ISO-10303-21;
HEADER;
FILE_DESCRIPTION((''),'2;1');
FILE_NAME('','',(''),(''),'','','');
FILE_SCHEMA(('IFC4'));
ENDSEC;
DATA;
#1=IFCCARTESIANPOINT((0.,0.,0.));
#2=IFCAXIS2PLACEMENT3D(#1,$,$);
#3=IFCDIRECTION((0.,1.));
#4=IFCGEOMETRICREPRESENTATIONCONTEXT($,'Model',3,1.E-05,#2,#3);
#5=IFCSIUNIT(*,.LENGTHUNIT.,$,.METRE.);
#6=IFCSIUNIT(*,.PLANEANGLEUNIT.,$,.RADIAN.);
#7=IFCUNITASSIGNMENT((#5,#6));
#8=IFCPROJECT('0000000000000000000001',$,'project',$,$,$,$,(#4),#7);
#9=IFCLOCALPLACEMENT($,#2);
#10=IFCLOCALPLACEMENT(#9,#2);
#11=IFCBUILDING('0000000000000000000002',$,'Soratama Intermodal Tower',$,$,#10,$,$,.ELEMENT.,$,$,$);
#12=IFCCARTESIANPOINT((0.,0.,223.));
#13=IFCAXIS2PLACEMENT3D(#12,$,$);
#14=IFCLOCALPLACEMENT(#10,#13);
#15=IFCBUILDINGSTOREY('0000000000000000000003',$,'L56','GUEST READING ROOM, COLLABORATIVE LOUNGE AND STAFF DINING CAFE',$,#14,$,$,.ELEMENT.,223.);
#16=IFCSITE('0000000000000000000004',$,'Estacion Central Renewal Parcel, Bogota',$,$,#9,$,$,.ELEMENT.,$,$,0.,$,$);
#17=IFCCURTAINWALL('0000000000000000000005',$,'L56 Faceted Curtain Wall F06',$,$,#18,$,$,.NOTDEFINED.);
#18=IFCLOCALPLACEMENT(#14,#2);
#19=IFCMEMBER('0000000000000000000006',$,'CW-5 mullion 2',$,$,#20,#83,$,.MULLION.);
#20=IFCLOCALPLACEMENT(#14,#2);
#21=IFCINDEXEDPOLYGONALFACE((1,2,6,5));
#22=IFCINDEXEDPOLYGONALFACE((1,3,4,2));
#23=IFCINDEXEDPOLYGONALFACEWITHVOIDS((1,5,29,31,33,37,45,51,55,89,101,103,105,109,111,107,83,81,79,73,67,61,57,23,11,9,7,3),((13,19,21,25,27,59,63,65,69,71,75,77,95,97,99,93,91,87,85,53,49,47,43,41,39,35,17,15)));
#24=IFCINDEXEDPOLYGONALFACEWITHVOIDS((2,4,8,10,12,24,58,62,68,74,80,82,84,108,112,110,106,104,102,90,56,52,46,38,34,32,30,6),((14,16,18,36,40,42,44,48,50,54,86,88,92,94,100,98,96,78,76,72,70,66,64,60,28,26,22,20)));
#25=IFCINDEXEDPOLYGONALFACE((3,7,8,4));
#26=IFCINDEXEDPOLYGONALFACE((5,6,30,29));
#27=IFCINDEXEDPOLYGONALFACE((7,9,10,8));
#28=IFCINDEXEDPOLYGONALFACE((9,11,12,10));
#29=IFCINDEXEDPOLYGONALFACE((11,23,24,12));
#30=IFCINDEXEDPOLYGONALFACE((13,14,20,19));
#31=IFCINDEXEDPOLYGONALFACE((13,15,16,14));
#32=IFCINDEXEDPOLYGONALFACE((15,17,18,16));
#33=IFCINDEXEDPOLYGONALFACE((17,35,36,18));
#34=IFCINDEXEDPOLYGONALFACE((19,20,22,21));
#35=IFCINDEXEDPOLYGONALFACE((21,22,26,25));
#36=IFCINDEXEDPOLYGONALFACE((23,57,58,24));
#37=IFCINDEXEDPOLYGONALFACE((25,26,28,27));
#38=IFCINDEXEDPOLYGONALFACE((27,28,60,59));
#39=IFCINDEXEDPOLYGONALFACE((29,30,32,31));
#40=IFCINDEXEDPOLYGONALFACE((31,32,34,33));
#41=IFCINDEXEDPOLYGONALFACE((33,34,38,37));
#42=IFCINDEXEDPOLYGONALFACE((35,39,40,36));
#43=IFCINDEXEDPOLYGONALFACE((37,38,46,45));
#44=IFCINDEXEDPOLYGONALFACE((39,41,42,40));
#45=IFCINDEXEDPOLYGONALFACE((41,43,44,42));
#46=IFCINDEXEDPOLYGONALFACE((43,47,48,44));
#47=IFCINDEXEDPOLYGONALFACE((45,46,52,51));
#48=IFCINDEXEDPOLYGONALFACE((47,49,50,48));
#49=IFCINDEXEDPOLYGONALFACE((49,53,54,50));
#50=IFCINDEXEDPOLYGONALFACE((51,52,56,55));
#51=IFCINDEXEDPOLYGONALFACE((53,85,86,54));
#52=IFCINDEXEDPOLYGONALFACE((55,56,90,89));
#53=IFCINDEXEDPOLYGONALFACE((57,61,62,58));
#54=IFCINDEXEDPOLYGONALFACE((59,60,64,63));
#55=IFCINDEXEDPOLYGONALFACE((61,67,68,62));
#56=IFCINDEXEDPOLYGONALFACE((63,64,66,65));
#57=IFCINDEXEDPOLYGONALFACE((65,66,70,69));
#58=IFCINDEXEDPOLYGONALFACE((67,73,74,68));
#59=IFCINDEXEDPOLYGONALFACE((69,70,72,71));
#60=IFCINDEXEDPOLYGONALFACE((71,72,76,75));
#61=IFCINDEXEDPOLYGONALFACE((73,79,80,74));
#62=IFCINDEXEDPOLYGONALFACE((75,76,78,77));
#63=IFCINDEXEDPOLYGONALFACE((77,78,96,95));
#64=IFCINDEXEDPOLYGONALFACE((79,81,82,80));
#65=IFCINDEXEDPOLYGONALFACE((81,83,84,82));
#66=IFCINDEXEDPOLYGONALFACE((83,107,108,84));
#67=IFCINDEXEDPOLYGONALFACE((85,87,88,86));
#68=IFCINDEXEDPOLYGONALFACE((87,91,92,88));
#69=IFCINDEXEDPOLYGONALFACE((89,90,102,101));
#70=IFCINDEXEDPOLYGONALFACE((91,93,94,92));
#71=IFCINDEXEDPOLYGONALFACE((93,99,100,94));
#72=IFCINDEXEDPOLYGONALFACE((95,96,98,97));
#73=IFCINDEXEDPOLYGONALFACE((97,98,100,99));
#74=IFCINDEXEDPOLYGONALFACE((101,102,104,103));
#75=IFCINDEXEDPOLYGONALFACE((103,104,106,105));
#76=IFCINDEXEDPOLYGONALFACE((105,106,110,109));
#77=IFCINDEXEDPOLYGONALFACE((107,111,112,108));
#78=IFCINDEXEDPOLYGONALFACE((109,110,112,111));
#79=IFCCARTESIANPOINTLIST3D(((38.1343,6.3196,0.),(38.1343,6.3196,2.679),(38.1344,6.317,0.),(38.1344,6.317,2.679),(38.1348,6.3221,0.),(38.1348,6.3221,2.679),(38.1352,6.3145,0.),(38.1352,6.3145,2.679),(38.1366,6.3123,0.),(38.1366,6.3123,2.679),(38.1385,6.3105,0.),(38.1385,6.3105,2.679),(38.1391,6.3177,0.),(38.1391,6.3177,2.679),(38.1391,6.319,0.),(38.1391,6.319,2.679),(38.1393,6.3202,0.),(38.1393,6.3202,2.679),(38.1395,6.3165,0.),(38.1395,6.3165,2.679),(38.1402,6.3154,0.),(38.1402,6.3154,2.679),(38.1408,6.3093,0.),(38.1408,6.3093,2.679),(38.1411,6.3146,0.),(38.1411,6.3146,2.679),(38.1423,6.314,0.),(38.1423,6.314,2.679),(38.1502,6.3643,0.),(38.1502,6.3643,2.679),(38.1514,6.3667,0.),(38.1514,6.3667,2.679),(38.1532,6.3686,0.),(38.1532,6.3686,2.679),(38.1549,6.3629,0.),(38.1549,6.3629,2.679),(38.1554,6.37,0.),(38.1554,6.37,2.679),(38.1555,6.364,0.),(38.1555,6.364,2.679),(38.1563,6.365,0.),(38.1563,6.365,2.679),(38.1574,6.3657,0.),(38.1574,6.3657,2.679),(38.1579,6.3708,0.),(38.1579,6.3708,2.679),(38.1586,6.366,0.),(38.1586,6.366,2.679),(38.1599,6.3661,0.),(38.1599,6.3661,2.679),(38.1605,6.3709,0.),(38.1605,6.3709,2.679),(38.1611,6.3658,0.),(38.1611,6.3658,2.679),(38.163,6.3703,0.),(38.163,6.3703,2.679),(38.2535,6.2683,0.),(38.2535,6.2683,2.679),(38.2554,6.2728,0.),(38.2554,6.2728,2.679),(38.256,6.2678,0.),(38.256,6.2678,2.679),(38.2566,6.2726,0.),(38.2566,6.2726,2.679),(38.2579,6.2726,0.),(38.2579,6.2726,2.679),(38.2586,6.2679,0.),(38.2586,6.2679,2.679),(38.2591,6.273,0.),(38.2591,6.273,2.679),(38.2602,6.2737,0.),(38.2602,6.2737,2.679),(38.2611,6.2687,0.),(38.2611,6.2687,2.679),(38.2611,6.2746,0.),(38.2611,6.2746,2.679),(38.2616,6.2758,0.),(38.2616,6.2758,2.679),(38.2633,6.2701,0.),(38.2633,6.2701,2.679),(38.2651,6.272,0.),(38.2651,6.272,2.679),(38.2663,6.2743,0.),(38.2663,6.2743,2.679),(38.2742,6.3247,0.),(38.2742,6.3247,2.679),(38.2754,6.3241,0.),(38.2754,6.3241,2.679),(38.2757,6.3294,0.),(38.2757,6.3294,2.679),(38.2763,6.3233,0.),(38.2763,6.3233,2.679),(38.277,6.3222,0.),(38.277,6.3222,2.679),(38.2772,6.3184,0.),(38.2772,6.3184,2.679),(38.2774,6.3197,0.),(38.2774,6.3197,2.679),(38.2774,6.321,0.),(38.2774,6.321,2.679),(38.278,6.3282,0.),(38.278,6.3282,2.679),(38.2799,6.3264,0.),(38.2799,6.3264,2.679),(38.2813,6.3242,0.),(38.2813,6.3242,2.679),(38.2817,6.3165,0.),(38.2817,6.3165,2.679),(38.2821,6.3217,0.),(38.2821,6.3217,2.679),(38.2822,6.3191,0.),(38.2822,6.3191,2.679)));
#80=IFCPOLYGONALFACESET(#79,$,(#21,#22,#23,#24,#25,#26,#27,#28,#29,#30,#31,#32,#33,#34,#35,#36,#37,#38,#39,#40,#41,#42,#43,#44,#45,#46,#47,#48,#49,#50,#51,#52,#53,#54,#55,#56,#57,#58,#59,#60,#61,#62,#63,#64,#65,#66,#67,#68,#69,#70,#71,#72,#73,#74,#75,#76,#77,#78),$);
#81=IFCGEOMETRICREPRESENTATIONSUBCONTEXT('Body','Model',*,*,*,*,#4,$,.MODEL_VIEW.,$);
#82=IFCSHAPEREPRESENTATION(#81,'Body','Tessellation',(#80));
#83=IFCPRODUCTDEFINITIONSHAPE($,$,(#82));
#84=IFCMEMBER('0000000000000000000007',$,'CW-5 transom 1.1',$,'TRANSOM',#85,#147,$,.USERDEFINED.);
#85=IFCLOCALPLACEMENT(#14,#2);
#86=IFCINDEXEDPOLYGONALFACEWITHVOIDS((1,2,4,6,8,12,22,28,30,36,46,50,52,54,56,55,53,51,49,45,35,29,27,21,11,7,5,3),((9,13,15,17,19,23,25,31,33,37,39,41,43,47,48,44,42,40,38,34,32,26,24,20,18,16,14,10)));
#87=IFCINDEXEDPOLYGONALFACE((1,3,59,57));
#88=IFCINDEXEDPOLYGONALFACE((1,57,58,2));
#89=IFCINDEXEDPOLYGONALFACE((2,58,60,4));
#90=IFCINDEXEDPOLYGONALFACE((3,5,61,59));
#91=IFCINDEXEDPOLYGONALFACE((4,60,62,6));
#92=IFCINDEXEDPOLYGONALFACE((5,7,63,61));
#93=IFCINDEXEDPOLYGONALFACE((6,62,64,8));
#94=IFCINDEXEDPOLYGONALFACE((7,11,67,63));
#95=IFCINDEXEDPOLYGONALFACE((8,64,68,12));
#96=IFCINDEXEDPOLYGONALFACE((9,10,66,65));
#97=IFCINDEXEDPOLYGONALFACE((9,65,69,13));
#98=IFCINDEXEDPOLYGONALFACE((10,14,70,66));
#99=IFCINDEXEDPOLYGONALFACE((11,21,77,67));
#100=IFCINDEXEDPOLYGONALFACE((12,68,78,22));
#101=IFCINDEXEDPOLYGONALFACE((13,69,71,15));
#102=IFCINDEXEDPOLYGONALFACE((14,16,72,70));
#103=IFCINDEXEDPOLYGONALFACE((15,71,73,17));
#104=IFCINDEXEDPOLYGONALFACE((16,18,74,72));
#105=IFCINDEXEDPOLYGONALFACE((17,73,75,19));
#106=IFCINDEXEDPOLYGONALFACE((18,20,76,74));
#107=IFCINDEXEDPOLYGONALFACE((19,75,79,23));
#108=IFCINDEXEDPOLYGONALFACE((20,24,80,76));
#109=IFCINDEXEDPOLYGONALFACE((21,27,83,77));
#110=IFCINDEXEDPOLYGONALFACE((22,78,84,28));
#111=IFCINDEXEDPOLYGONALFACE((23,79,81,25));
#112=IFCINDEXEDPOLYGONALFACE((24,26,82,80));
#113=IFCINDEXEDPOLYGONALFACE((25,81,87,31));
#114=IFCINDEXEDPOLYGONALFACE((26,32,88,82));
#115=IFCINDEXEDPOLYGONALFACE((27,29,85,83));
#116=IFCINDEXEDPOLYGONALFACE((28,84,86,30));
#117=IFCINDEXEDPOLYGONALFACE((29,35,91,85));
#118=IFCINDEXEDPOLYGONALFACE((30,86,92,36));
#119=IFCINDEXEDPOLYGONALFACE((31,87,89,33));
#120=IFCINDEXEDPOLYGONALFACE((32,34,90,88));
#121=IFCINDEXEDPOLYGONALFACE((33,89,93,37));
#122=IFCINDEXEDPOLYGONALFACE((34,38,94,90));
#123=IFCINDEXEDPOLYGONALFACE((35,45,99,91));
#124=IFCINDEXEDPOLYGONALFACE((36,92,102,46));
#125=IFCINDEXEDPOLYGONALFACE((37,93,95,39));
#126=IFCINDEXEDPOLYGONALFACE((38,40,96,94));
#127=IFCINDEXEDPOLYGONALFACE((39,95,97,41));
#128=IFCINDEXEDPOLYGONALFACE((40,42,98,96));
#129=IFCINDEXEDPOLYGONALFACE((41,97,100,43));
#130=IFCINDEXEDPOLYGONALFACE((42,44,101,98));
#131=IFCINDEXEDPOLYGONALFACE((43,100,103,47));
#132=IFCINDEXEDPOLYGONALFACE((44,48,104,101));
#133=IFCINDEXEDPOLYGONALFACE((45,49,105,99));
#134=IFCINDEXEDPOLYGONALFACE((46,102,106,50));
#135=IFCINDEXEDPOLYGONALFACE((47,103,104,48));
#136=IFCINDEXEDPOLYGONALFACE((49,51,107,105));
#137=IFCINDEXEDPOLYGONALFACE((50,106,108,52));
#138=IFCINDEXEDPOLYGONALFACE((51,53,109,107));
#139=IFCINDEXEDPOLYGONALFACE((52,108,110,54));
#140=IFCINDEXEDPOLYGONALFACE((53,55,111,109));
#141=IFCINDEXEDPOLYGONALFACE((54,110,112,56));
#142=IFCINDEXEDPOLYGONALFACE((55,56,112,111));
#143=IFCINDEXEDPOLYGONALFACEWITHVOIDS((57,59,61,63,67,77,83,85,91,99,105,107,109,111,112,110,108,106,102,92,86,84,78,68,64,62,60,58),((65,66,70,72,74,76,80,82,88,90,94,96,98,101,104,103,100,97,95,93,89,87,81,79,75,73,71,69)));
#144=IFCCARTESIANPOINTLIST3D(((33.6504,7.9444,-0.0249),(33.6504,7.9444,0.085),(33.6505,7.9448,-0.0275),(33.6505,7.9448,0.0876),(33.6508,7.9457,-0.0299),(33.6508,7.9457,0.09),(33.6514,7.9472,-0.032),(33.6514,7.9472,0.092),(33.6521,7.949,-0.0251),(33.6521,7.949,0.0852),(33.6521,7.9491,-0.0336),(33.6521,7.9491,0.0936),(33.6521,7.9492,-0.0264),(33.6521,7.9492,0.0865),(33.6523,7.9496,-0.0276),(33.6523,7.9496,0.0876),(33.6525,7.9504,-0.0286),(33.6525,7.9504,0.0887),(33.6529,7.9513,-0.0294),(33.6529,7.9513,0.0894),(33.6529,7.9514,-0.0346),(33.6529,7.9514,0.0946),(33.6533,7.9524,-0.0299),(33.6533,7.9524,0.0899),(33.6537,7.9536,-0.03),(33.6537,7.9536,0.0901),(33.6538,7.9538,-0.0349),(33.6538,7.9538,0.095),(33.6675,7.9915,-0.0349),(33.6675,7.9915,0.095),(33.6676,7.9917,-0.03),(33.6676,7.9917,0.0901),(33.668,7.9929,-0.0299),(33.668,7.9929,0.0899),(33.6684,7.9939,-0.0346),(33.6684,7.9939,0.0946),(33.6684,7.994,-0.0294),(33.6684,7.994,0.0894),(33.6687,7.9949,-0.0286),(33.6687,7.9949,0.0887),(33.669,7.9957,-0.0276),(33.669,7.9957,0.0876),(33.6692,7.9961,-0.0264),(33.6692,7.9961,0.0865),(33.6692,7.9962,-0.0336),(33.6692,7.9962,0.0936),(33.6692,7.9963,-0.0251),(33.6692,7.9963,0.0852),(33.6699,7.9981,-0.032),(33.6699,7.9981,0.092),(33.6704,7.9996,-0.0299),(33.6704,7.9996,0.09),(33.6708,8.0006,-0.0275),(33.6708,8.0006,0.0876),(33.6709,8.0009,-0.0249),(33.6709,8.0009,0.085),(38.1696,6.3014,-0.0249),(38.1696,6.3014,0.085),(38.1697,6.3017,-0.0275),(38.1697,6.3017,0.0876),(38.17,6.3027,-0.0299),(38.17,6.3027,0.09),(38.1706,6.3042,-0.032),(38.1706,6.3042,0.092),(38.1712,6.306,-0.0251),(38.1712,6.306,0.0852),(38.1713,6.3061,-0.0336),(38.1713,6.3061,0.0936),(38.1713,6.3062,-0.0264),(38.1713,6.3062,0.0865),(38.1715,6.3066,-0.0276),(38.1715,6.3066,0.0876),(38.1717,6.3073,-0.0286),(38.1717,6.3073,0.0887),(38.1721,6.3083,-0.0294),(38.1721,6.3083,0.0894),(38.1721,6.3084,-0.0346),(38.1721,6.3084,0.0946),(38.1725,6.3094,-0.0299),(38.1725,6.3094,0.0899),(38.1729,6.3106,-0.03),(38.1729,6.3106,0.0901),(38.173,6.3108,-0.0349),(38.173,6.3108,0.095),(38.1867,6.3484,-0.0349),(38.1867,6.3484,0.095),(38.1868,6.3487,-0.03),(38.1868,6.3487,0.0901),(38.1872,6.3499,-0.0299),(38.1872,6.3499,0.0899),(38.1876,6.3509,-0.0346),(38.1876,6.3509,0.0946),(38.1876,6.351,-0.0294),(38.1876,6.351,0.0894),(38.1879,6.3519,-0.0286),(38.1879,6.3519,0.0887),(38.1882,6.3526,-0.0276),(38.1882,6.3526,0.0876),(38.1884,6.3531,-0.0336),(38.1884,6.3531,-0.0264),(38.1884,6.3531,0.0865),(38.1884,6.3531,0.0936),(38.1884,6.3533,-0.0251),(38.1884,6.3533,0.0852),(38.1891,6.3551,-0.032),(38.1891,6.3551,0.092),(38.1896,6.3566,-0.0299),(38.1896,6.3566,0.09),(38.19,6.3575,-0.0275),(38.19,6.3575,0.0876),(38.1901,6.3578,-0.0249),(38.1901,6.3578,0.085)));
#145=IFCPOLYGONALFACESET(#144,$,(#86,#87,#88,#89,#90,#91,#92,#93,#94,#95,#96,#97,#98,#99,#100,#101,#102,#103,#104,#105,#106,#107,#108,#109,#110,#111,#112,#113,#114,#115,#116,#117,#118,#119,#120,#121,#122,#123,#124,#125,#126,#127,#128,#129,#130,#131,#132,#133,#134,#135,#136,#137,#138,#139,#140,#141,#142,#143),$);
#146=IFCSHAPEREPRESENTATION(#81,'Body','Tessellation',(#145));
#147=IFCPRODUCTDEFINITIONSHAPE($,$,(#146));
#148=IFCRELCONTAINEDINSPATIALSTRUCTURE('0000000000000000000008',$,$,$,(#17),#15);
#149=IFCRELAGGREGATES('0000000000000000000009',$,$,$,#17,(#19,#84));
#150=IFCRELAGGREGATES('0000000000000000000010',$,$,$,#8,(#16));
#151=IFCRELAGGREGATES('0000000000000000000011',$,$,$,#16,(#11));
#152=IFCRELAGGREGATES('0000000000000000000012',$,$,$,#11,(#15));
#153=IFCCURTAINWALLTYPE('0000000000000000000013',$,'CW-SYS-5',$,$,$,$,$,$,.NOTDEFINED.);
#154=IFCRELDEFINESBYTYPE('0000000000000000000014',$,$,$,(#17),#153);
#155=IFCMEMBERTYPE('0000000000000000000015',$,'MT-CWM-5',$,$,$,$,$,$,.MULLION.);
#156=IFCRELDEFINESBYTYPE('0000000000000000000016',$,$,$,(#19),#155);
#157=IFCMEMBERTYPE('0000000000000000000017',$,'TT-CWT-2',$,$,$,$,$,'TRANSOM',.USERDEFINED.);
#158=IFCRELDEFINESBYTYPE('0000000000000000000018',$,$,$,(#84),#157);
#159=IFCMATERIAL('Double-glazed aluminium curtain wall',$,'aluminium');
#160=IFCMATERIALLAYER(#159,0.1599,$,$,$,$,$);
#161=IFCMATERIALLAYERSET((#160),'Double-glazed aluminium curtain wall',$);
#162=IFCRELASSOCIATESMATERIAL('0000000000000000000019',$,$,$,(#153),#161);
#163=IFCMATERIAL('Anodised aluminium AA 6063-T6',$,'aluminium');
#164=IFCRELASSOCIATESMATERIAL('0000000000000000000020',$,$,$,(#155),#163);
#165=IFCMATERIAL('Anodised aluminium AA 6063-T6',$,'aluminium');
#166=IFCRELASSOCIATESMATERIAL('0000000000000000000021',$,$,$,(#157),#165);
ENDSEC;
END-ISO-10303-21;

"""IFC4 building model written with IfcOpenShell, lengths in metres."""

from ifc_helpers import new_model, si_unit, direction, frame, origin, origin_2d, place, context, subcontext, project, spatial, hollow_rectangle, extrude, material, layer, layer_set, material_profile, profile_set, type_object, element, aggregate, save


model = new_model("IFC4")

# Units and contexts
model_context = context("Model", 3, precision=1e-05, world=origin(), true_north=direction((0.0, 1.0)))
body_context = subcontext(model_context, "Body", "Model", "MODEL_VIEW")
ifc_project = project(units=[si_unit("LENGTHUNIT", "METRE"), si_unit("PLANEANGLEUNIT", "RADIAN")], contexts=[model_context])

# Site, building, storey
site_placement = place(None, origin())
site = spatial("IfcSite", under=ifc_project, at=site_placement, Name="Estacion Central Renewal Parcel, Bogota", CompositionType="ELEMENT", RefElevation=0.0)
building_placement = place(site_placement, origin())
building = spatial("IfcBuilding", under=site, at=building_placement, Name="Soratama Intermodal Tower", CompositionType="ELEMENT")
storey_placement = place(building_placement, frame((0.0, 0.0, 223.0)))
storey = spatial("IfcBuildingStorey", under=building, at=storey_placement, Name="L56", Description="GUEST READING ROOM, COLLABORATIVE LOUNGE AND STAFF DINING CAFE", CompositionType="ELEMENT", Elevation=223.0)

# Curtain wall, members
ifc_material_1 = material(Name="Double-glazed aluminium curtain wall", Category="aluminium")
ifc_layer_1 = layer(ifc_material_1, 0.1599)
ifc_layer_set_1 = layer_set([ifc_layer_1], Name="Double-glazed aluminium curtain wall")
curtain_wall_type = type_object("IfcCurtainWallType", Name="CW-SYS-5", PredefinedType="NOTDEFINED", material=ifc_layer_set_1)
curtain_wall_placement = place(storey_placement, origin())
curtain_wall = element("IfcCurtainWall", 1, at=curtain_wall_placement, inside=storey, type_object=curtain_wall_type, Name="L56 Faceted Curtain Wall F06", PredefinedType="NOTDEFINED")
ifc_material_2 = material(Name="Anodised aluminium AA 6063-T6", Category="aluminium")
ifc_material_profile_1 = material_profile(ifc_material_2, hollow_rectangle(XDim=0.0649, YDim=0.1399, WallThickness=0.0049, InnerFilletRadius=0.0049, OuterFilletRadius=0.01, at=origin_2d()), Name="CWM140X65X5")
ifc_profile_set_1 = profile_set([ifc_material_profile_1], Name="Anodised aluminium AA 6063-T6")
member_type_1 = type_object("IfcMemberType", Name="MT-CWM-5", PredefinedType="MULLION", material=ifc_profile_set_1)
member_1_placement = place(storey_placement, frame((38.2083, 6.3193, 0.0), z_axis=(0.0, 0.0, 1.0), x_axis=(0.341696, 0.939811, 0.0)))
member_1 = element("IfcMember", 2, at=member_1_placement, type_object=member_type_1, Name="CW-5 mullion 2", PredefinedType="MULLION", context=body_context, shape_type="SweptSolid", body=[
    extrude(hollow_rectangle(XDim=0.0649, YDim=0.1399, WallThickness=0.0049, InnerFilletRadius=0.0049, OuterFilletRadius=0.01, at=origin_2d()), origin(), (0.0, 0.0, 1.0), 2.679),
])
ifc_material_3 = material(Name="Anodised aluminium AA 6063-T6", Category="aluminium")
ifc_material_profile_2 = material_profile(ifc_material_3, hollow_rectangle(XDim=0.0601, YDim=0.1299, WallThickness=0.0049, InnerFilletRadius=0.0049, OuterFilletRadius=0.01, at=origin_2d()), Name="CWT130X60X5")
ifc_profile_set_2 = profile_set([ifc_material_profile_2], Name="Anodised aluminium AA 6063-T6")
member_type_2 = type_object("IfcMemberType", Name="TT-CWT-2", ElementType="TRANSOM", PredefinedType="USERDEFINED", material=ifc_profile_set_2)
member_2_placement = place(storey_placement, frame((33.6606, 7.9727, 0.03), z_axis=(0.939814, -0.341686, 0.0), x_axis=(0.341686, 0.939814, 0.0)))
member_2 = element("IfcMember", 3, at=member_2_placement, type_object=member_type_2, Name="CW-5 transom 1.1", ObjectType="TRANSOM", PredefinedType="USERDEFINED", context=body_context, shape_type="SweptSolid", body=[
    extrude(hollow_rectangle(XDim=0.0601, YDim=0.1299, WallThickness=0.0049, InnerFilletRadius=0.0049, OuterFilletRadius=0.01, at=origin_2d()), origin(), (0.0, 0.0, 1.0), 4.8086),
])
aggregate(curtain_wall, [member_1, member_2])

save(model, "model.ifc")
